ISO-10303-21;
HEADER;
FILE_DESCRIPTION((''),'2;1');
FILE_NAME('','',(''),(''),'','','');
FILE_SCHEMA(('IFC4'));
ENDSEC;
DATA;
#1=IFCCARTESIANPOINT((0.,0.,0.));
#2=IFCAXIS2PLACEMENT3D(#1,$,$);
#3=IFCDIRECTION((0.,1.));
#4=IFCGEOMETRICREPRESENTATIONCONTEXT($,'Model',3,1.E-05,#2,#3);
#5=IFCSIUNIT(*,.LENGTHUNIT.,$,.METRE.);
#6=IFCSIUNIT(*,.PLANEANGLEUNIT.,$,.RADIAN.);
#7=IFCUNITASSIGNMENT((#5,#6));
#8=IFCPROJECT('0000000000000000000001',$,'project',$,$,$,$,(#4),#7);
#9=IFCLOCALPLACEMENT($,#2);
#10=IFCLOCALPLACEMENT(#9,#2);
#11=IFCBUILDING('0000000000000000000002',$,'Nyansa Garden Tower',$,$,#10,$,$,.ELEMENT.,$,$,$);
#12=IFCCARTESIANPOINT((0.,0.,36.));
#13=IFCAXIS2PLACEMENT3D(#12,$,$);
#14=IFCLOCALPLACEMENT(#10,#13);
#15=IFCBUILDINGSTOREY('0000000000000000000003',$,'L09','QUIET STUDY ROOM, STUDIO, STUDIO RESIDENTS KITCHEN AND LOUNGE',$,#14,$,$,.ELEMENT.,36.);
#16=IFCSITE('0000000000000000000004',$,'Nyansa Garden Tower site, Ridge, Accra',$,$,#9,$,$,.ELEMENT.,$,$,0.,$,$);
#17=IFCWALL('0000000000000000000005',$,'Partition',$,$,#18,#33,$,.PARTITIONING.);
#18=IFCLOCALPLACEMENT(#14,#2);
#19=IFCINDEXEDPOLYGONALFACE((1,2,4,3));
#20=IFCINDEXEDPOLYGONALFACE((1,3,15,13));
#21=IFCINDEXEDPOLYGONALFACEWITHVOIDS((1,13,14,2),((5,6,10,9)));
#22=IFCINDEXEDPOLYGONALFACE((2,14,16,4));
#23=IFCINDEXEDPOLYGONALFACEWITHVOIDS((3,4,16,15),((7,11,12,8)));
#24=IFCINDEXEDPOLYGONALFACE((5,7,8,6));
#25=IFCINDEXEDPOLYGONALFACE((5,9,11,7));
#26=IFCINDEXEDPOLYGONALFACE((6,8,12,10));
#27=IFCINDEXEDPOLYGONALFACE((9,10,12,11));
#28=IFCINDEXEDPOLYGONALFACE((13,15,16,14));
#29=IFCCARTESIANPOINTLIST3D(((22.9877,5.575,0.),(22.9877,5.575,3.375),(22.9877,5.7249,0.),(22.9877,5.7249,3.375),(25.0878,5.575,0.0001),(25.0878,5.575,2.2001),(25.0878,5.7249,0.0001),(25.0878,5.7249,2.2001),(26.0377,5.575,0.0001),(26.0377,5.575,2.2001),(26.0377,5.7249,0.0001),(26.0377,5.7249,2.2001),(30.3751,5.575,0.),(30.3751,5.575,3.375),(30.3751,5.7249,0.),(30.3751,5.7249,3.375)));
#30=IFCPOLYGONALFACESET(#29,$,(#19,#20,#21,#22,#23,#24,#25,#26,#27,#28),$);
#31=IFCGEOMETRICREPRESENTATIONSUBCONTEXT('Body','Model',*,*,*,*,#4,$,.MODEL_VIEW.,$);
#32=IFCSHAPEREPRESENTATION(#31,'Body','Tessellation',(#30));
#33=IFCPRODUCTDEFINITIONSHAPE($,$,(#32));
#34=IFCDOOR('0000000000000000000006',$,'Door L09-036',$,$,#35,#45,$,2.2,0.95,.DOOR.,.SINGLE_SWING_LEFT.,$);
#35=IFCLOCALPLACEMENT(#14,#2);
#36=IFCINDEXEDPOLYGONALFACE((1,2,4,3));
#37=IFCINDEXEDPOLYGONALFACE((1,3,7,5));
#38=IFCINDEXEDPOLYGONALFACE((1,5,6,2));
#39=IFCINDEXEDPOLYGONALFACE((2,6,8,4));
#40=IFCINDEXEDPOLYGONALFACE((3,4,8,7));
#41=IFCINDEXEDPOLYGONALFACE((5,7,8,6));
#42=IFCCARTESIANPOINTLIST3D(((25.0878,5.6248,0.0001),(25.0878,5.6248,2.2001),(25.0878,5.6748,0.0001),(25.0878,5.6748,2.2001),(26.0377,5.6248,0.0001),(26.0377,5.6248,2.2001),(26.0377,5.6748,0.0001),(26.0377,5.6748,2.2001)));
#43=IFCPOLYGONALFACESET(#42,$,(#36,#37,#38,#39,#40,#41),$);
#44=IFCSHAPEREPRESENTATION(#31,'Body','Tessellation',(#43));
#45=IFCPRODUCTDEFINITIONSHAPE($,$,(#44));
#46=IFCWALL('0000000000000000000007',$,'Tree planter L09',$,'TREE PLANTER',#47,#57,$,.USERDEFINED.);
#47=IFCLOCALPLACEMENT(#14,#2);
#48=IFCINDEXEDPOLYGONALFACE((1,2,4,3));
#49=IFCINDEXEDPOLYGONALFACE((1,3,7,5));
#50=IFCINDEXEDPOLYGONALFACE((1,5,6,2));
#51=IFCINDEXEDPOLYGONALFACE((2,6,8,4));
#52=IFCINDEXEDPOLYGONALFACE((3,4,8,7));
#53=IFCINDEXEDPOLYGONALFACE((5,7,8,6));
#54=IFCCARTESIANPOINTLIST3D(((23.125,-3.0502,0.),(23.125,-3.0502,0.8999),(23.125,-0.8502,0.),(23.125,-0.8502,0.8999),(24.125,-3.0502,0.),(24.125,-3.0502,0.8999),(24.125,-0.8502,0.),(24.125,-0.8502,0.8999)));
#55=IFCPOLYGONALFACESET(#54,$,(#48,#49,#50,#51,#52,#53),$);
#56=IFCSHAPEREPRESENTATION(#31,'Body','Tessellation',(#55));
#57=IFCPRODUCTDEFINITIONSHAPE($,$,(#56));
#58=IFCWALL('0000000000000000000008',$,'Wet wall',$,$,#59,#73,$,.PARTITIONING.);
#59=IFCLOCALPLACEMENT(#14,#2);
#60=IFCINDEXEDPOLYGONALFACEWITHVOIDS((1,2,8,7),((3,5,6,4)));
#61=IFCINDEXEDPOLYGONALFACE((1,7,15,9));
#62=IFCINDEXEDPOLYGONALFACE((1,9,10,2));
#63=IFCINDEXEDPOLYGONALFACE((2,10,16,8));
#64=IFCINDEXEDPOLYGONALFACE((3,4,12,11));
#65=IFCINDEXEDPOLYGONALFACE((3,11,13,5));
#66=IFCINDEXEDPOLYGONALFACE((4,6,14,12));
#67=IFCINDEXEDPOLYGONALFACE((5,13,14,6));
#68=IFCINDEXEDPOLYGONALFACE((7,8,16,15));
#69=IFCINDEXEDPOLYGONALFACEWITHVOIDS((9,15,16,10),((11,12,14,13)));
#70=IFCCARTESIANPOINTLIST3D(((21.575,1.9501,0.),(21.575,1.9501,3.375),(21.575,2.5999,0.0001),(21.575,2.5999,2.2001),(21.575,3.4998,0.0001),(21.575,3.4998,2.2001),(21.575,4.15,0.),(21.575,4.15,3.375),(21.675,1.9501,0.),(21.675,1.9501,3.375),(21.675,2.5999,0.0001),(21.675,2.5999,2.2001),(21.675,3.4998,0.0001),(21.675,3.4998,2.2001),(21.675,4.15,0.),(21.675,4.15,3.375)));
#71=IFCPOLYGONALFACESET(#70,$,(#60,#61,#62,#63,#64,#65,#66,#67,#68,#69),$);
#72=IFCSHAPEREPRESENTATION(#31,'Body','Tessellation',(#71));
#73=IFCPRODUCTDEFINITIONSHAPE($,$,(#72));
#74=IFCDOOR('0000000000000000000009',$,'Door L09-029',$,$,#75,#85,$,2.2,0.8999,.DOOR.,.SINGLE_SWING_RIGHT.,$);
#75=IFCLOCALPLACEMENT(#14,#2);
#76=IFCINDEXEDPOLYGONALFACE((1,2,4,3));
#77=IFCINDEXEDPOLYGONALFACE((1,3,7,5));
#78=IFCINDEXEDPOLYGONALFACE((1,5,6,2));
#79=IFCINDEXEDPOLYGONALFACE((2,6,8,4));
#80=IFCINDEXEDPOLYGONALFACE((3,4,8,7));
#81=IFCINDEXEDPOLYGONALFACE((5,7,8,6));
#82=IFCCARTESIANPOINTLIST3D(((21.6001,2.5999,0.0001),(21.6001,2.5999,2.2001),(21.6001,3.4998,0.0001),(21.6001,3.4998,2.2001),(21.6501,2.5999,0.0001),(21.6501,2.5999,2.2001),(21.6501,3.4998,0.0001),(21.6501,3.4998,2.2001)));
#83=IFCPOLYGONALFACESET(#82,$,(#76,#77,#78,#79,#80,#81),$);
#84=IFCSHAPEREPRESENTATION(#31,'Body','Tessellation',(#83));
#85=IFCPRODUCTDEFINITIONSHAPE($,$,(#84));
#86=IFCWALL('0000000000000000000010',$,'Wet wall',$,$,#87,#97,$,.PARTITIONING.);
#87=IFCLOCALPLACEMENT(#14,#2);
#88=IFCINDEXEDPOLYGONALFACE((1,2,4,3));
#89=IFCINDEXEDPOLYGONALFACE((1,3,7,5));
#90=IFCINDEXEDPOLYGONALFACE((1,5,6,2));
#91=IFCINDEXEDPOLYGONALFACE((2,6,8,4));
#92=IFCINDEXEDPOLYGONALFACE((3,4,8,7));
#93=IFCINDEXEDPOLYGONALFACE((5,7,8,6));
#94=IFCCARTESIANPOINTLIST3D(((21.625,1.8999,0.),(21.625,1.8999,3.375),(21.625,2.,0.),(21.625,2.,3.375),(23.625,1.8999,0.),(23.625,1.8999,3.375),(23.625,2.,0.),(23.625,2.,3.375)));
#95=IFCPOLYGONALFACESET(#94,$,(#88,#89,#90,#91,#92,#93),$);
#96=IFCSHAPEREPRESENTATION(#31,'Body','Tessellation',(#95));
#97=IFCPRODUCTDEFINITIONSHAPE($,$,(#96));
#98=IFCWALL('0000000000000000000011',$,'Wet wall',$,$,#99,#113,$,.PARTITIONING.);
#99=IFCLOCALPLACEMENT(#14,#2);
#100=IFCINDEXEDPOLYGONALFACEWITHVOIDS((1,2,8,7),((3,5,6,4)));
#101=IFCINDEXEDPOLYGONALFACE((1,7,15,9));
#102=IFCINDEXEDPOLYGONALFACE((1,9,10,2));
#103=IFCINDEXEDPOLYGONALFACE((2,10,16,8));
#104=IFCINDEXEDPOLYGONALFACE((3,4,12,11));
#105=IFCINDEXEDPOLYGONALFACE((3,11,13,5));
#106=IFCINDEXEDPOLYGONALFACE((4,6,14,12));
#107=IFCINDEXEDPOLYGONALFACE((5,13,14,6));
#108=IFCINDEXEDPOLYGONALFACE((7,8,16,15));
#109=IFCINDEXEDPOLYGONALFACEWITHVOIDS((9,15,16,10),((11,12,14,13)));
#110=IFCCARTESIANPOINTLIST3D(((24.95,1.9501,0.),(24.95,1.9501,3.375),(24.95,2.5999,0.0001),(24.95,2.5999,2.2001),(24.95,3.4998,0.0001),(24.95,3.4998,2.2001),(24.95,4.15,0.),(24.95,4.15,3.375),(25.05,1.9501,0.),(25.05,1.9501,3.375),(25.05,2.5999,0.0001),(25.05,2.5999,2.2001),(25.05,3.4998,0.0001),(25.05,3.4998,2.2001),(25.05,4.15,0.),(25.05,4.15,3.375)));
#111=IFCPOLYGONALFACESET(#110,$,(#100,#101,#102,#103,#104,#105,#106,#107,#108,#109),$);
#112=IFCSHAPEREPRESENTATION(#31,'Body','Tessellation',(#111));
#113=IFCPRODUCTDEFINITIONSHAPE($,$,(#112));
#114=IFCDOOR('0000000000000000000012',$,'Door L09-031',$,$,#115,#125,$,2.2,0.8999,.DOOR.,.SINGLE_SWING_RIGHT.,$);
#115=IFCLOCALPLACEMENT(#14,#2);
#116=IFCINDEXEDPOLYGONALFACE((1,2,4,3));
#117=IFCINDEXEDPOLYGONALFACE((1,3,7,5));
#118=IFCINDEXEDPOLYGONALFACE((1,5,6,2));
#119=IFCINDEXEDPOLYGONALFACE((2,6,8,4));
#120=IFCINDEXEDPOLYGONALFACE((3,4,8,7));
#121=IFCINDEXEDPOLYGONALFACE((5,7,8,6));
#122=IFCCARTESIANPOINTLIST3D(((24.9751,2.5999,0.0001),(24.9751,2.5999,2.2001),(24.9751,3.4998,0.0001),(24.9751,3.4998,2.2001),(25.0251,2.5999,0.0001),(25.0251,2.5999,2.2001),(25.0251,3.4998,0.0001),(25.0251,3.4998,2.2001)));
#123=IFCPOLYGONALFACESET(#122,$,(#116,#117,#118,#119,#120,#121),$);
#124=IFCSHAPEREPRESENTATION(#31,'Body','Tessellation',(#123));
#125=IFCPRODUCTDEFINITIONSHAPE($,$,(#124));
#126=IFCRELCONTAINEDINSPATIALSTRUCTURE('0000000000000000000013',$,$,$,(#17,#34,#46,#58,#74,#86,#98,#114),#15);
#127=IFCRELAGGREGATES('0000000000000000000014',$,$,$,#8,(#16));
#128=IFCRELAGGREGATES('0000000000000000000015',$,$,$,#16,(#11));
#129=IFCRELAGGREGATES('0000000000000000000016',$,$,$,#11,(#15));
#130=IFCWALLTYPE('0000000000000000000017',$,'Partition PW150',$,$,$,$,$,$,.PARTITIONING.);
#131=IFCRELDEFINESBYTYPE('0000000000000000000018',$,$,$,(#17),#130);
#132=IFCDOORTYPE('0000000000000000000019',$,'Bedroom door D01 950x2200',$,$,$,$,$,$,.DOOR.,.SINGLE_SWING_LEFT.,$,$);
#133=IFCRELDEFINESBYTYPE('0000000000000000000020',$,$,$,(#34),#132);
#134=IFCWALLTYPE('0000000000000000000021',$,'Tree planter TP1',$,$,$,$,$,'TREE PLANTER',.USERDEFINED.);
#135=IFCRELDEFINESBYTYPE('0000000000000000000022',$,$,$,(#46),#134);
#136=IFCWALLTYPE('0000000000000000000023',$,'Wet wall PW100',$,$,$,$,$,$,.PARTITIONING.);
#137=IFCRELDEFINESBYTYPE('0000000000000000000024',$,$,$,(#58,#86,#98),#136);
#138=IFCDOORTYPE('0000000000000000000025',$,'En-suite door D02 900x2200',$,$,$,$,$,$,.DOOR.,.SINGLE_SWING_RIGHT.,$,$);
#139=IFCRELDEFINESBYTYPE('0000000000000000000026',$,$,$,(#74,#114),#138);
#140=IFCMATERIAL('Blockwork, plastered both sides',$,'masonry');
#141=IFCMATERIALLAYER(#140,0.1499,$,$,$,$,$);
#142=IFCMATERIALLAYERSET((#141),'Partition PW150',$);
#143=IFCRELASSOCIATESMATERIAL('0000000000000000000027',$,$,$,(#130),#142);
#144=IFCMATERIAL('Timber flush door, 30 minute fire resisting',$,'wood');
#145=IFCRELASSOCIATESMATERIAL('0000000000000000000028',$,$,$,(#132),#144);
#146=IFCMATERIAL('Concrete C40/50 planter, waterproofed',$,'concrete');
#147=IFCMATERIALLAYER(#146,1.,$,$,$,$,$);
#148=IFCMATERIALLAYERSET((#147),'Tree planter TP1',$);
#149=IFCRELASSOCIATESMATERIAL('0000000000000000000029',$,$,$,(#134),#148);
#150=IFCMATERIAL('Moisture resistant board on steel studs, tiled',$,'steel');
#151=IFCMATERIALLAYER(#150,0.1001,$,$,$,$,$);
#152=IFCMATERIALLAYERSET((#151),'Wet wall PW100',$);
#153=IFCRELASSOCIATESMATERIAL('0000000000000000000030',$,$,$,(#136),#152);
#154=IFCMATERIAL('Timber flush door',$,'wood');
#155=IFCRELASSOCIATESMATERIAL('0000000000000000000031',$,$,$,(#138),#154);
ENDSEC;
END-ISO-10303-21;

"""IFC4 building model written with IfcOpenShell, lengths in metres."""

from ifc_helpers import new_model, si_unit, direction, frame, frame_2d, origin, place, context, subcontext, project, spatial, rectangle, extrude, material, layer, layer_set, type_object, element, fill, save


model = new_model("IFC4")

# Units and contexts
model_context = context("Model", 3, precision=1e-05, world=origin(), true_north=direction((0.0, 1.0)))
body_context = subcontext(model_context, "Body", "Model", "MODEL_VIEW")
ifc_project = project(units=[si_unit("LENGTHUNIT", "METRE"), si_unit("PLANEANGLEUNIT", "RADIAN")], contexts=[model_context])

# Site, building, storey
site_placement = place(None, origin())
site = spatial("IfcSite", under=ifc_project, at=site_placement, Name="Nyansa Garden Tower site, Ridge, Accra", CompositionType="ELEMENT", RefElevation=0.0)
building_placement = place(site_placement, origin())
building = spatial("IfcBuilding", under=site, at=building_placement, Name="Nyansa Garden Tower", CompositionType="ELEMENT")
storey_placement = place(building_placement, frame((0.0, 0.0, 36.0)))
storey = spatial("IfcBuildingStorey", under=building, at=storey_placement, Name="L09", Description="QUIET STUDY ROOM, STUDIO, STUDIO RESIDENTS KITCHEN AND LOUNGE", CompositionType="ELEMENT", Elevation=36.0)

# Wall, opening, door
ifc_material_1 = material(Name="Blockwork, plastered both sides", Category="masonry")
ifc_layer_1 = layer(ifc_material_1, 0.1499)
ifc_layer_set_1 = layer_set([ifc_layer_1], Name="Partition PW150")
wall_type_1 = type_object("IfcWallType", Name="Partition PW150", PredefinedType="PARTITIONING", material=ifc_layer_set_1)
wall_1_placement = place(storey_placement, frame((22.9875, 5.6499, 0.0), z_axis=(0.0, 0.0, 1.0), x_axis=(1.0, 0.0, 0.0)))
wall_1 = element("IfcWall", 1, at=wall_1_placement, inside=storey, type_object=wall_type_1, Name="Partition", PredefinedType="PARTITIONING", context=body_context, shape_type="SweptSolid", body=[
    extrude(rectangle(XDim=7.3875, YDim=0.1499, at=frame_2d((3.6938, 0.0))), origin(), (0.0, 0.0, 1.0), 3.375),
])
opening_1_placement = place(wall_1_placement, frame((2.1001, 0.0, 0.0)))
opening_1 = element("IfcOpeningElement", 2, at=opening_1_placement, cuts=wall_1, PredefinedType="OPENING", context=body_context, shape_type="SweptSolid", body=[
    extrude(rectangle(XDim=0.95, YDim=2.2, at=frame_2d((0.4751, 1.1001))), frame((0.0, 0.085, 0.0), z_axis=(0.0, -1.0, 0.0), x_axis=(1.0, 0.0, 0.0)), (0.0, 0.0, 1.0), 0.1699),
])
ifc_material_2 = material(Name="Timber flush door, 30 minute fire resisting", Category="wood")
door_type_1 = type_object("IfcDoorType", Name="Bedroom door D01 950x2200", OperationType="SINGLE_SWING_LEFT", PredefinedType="DOOR", material=ifc_material_2)
door_1_placement = place(opening_1_placement, origin())
door_1 = element("IfcDoor", 3, at=door_1_placement, inside=storey, type_object=door_type_1, Name="Door L09-036", OperationType="SINGLE_SWING_LEFT", OverallHeight=2.2, OverallWidth=0.95, PredefinedType="DOOR", context=body_context, shape_type="SweptSolid", body=[
    extrude(rectangle(XDim=0.95, YDim=2.2, at=frame_2d((0.4751, 1.1001))), frame((0.0, 0.0249, 0.0), z_axis=(0.0, -1.0, 0.0), x_axis=(1.0, 0.0, 0.0)), (0.0, 0.0, 1.0), 0.05),
])
fill(opening_1, door_1)

# Wall
ifc_material_3 = material(Name="Concrete C40/50 planter, waterproofed", Category="concrete")
ifc_layer_2 = layer(ifc_material_3, 1.0)
ifc_layer_set_2 = layer_set([ifc_layer_2], Name="Tree planter TP1")
wall_type_2 = type_object("IfcWallType", Name="Tree planter TP1", ElementType="TREE PLANTER", PredefinedType="USERDEFINED", material=ifc_layer_set_2)
wall_2_placement = place(storey_placement, frame((23.625, -0.8501, 0.0), z_axis=(0.0, 0.0, 1.0), x_axis=(0.0, -1.0, 0.0)))
element("IfcWall", 4, at=wall_2_placement, inside=storey, type_object=wall_type_2, Name="Tree planter L09", ObjectType="TREE PLANTER", PredefinedType="USERDEFINED", context=body_context, shape_type="SweptSolid", body=[
    extrude(rectangle(XDim=2.2, YDim=1.0, at=frame_2d((1.1001, 0.0))), origin(), (0.0, 0.0, 1.0), 0.8999),
])

# Wall, opening, door
ifc_material_4 = material(Name="Moisture resistant board on steel studs, tiled", Category="steel")
ifc_layer_3 = layer(ifc_material_4, 0.1001)
ifc_layer_set_3 = layer_set([ifc_layer_3], Name="Wet wall PW100")
wall_type_3 = type_object("IfcWallType", Name="Wet wall PW100", PredefinedType="PARTITIONING", material=ifc_layer_set_3)
wall_3_placement = place(storey_placement, frame((21.625, 1.95, 0.0), z_axis=(0.0, 0.0, 1.0), x_axis=(0.0, 1.0, 0.0)))
wall_3 = element("IfcWall", 5, at=wall_3_placement, inside=storey, type_object=wall_type_3, Name="Wet wall", PredefinedType="PARTITIONING", context=body_context, shape_type="SweptSolid", body=[
    extrude(rectangle(XDim=2.2, YDim=0.1001, at=frame_2d((1.1001, 0.0))), origin(), (0.0, 0.0, 1.0), 3.375),
])
opening_2_placement = place(wall_3_placement, frame((0.6499, 0.0, 0.0)))
opening_2 = element("IfcOpeningElement", 6, at=opening_2_placement, cuts=wall_3, PredefinedType="OPENING", context=body_context, shape_type="SweptSolid", body=[
    extrude(rectangle(XDim=0.8999, YDim=2.2, at=frame_2d((0.45, 1.1001))), frame((0.0, 0.0601, 0.0), z_axis=(0.0, -1.0, 0.0), x_axis=(1.0, 0.0, 0.0)), (0.0, 0.0, 1.0), 0.1201),
])
ifc_material_5 = material(Name="Timber flush door", Category="wood")
door_type_2 = type_object("IfcDoorType", Name="En-suite door D02 900x2200", OperationType="SINGLE_SWING_RIGHT", PredefinedType="DOOR", material=ifc_material_5)
door_2_placement = place(opening_2_placement, origin())
door_2 = element("IfcDoor", 7, at=door_2_placement, inside=storey, type_object=door_type_2, Name="Door L09-029", OperationType="SINGLE_SWING_RIGHT", OverallHeight=2.2, OverallWidth=0.8999, PredefinedType="DOOR", context=body_context, shape_type="SweptSolid", body=[
    extrude(rectangle(XDim=0.8999, YDim=2.2, at=frame_2d((0.45, 1.1001))), frame((0.0, 0.0249, 0.0), z_axis=(0.0, -1.0, 0.0), x_axis=(1.0, 0.0, 0.0)), (0.0, 0.0, 1.0), 0.05),
])
fill(opening_2, door_2)

# Wall
wall_4_placement = place(storey_placement, frame((21.625, 1.95, 0.0), z_axis=(0.0, 0.0, 1.0), x_axis=(1.0, 0.0, 0.0)))
element("IfcWall", 8, at=wall_4_placement, inside=storey, type_object=wall_type_3, Name="Wet wall", PredefinedType="PARTITIONING", context=body_context, shape_type="SweptSolid", body=[
    extrude(rectangle(XDim=2.0, YDim=0.1001, at=frame_2d((1.0, 0.0))), origin(), (0.0, 0.0, 1.0), 3.375),
])

# Wall, opening, door
wall_5_placement = place(storey_placement, frame((25.0, 1.95, 0.0), z_axis=(0.0, 0.0, 1.0), x_axis=(0.0, 1.0, 0.0)))
wall_5 = element("IfcWall", 9, at=wall_5_placement, inside=storey, type_object=wall_type_3, Name="Wet wall", PredefinedType="PARTITIONING", context=body_context, shape_type="SweptSolid", body=[
    extrude(rectangle(XDim=2.2, YDim=0.1001, at=frame_2d((1.1001, 0.0))), origin(), (0.0, 0.0, 1.0), 3.375),
])
opening_3_placement = place(wall_5_placement, frame((0.6499, 0.0, 0.0)))
opening_3 = element("IfcOpeningElement", 10, at=opening_3_placement, cuts=wall_5, PredefinedType="OPENING", context=body_context, shape_type="SweptSolid", body=[
    extrude(rectangle(XDim=0.8999, YDim=2.2, at=frame_2d((0.45, 1.1001))), frame((0.0, 0.0601, 0.0), z_axis=(0.0, -1.0, 0.0), x_axis=(1.0, 0.0, 0.0)), (0.0, 0.0, 1.0), 0.1201),
])
door_3_placement = place(opening_3_placement, origin())
door_3 = element("IfcDoor", 11, at=door_3_placement, inside=storey, type_object=door_type_2, Name="Door L09-031", OperationType="SINGLE_SWING_RIGHT", OverallHeight=2.2, OverallWidth=0.8999, PredefinedType="DOOR", context=body_context, shape_type="SweptSolid", body=[
    extrude(rectangle(XDim=0.8999, YDim=2.2, at=frame_2d((0.45, 1.1001))), frame((0.0, 0.0249, 0.0), z_axis=(0.0, -1.0, 0.0), x_axis=(1.0, 0.0, 0.0)), (0.0, 0.0, 1.0), 0.05),
])
fill(opening_3, door_3)

save(model, "model.ifc")
